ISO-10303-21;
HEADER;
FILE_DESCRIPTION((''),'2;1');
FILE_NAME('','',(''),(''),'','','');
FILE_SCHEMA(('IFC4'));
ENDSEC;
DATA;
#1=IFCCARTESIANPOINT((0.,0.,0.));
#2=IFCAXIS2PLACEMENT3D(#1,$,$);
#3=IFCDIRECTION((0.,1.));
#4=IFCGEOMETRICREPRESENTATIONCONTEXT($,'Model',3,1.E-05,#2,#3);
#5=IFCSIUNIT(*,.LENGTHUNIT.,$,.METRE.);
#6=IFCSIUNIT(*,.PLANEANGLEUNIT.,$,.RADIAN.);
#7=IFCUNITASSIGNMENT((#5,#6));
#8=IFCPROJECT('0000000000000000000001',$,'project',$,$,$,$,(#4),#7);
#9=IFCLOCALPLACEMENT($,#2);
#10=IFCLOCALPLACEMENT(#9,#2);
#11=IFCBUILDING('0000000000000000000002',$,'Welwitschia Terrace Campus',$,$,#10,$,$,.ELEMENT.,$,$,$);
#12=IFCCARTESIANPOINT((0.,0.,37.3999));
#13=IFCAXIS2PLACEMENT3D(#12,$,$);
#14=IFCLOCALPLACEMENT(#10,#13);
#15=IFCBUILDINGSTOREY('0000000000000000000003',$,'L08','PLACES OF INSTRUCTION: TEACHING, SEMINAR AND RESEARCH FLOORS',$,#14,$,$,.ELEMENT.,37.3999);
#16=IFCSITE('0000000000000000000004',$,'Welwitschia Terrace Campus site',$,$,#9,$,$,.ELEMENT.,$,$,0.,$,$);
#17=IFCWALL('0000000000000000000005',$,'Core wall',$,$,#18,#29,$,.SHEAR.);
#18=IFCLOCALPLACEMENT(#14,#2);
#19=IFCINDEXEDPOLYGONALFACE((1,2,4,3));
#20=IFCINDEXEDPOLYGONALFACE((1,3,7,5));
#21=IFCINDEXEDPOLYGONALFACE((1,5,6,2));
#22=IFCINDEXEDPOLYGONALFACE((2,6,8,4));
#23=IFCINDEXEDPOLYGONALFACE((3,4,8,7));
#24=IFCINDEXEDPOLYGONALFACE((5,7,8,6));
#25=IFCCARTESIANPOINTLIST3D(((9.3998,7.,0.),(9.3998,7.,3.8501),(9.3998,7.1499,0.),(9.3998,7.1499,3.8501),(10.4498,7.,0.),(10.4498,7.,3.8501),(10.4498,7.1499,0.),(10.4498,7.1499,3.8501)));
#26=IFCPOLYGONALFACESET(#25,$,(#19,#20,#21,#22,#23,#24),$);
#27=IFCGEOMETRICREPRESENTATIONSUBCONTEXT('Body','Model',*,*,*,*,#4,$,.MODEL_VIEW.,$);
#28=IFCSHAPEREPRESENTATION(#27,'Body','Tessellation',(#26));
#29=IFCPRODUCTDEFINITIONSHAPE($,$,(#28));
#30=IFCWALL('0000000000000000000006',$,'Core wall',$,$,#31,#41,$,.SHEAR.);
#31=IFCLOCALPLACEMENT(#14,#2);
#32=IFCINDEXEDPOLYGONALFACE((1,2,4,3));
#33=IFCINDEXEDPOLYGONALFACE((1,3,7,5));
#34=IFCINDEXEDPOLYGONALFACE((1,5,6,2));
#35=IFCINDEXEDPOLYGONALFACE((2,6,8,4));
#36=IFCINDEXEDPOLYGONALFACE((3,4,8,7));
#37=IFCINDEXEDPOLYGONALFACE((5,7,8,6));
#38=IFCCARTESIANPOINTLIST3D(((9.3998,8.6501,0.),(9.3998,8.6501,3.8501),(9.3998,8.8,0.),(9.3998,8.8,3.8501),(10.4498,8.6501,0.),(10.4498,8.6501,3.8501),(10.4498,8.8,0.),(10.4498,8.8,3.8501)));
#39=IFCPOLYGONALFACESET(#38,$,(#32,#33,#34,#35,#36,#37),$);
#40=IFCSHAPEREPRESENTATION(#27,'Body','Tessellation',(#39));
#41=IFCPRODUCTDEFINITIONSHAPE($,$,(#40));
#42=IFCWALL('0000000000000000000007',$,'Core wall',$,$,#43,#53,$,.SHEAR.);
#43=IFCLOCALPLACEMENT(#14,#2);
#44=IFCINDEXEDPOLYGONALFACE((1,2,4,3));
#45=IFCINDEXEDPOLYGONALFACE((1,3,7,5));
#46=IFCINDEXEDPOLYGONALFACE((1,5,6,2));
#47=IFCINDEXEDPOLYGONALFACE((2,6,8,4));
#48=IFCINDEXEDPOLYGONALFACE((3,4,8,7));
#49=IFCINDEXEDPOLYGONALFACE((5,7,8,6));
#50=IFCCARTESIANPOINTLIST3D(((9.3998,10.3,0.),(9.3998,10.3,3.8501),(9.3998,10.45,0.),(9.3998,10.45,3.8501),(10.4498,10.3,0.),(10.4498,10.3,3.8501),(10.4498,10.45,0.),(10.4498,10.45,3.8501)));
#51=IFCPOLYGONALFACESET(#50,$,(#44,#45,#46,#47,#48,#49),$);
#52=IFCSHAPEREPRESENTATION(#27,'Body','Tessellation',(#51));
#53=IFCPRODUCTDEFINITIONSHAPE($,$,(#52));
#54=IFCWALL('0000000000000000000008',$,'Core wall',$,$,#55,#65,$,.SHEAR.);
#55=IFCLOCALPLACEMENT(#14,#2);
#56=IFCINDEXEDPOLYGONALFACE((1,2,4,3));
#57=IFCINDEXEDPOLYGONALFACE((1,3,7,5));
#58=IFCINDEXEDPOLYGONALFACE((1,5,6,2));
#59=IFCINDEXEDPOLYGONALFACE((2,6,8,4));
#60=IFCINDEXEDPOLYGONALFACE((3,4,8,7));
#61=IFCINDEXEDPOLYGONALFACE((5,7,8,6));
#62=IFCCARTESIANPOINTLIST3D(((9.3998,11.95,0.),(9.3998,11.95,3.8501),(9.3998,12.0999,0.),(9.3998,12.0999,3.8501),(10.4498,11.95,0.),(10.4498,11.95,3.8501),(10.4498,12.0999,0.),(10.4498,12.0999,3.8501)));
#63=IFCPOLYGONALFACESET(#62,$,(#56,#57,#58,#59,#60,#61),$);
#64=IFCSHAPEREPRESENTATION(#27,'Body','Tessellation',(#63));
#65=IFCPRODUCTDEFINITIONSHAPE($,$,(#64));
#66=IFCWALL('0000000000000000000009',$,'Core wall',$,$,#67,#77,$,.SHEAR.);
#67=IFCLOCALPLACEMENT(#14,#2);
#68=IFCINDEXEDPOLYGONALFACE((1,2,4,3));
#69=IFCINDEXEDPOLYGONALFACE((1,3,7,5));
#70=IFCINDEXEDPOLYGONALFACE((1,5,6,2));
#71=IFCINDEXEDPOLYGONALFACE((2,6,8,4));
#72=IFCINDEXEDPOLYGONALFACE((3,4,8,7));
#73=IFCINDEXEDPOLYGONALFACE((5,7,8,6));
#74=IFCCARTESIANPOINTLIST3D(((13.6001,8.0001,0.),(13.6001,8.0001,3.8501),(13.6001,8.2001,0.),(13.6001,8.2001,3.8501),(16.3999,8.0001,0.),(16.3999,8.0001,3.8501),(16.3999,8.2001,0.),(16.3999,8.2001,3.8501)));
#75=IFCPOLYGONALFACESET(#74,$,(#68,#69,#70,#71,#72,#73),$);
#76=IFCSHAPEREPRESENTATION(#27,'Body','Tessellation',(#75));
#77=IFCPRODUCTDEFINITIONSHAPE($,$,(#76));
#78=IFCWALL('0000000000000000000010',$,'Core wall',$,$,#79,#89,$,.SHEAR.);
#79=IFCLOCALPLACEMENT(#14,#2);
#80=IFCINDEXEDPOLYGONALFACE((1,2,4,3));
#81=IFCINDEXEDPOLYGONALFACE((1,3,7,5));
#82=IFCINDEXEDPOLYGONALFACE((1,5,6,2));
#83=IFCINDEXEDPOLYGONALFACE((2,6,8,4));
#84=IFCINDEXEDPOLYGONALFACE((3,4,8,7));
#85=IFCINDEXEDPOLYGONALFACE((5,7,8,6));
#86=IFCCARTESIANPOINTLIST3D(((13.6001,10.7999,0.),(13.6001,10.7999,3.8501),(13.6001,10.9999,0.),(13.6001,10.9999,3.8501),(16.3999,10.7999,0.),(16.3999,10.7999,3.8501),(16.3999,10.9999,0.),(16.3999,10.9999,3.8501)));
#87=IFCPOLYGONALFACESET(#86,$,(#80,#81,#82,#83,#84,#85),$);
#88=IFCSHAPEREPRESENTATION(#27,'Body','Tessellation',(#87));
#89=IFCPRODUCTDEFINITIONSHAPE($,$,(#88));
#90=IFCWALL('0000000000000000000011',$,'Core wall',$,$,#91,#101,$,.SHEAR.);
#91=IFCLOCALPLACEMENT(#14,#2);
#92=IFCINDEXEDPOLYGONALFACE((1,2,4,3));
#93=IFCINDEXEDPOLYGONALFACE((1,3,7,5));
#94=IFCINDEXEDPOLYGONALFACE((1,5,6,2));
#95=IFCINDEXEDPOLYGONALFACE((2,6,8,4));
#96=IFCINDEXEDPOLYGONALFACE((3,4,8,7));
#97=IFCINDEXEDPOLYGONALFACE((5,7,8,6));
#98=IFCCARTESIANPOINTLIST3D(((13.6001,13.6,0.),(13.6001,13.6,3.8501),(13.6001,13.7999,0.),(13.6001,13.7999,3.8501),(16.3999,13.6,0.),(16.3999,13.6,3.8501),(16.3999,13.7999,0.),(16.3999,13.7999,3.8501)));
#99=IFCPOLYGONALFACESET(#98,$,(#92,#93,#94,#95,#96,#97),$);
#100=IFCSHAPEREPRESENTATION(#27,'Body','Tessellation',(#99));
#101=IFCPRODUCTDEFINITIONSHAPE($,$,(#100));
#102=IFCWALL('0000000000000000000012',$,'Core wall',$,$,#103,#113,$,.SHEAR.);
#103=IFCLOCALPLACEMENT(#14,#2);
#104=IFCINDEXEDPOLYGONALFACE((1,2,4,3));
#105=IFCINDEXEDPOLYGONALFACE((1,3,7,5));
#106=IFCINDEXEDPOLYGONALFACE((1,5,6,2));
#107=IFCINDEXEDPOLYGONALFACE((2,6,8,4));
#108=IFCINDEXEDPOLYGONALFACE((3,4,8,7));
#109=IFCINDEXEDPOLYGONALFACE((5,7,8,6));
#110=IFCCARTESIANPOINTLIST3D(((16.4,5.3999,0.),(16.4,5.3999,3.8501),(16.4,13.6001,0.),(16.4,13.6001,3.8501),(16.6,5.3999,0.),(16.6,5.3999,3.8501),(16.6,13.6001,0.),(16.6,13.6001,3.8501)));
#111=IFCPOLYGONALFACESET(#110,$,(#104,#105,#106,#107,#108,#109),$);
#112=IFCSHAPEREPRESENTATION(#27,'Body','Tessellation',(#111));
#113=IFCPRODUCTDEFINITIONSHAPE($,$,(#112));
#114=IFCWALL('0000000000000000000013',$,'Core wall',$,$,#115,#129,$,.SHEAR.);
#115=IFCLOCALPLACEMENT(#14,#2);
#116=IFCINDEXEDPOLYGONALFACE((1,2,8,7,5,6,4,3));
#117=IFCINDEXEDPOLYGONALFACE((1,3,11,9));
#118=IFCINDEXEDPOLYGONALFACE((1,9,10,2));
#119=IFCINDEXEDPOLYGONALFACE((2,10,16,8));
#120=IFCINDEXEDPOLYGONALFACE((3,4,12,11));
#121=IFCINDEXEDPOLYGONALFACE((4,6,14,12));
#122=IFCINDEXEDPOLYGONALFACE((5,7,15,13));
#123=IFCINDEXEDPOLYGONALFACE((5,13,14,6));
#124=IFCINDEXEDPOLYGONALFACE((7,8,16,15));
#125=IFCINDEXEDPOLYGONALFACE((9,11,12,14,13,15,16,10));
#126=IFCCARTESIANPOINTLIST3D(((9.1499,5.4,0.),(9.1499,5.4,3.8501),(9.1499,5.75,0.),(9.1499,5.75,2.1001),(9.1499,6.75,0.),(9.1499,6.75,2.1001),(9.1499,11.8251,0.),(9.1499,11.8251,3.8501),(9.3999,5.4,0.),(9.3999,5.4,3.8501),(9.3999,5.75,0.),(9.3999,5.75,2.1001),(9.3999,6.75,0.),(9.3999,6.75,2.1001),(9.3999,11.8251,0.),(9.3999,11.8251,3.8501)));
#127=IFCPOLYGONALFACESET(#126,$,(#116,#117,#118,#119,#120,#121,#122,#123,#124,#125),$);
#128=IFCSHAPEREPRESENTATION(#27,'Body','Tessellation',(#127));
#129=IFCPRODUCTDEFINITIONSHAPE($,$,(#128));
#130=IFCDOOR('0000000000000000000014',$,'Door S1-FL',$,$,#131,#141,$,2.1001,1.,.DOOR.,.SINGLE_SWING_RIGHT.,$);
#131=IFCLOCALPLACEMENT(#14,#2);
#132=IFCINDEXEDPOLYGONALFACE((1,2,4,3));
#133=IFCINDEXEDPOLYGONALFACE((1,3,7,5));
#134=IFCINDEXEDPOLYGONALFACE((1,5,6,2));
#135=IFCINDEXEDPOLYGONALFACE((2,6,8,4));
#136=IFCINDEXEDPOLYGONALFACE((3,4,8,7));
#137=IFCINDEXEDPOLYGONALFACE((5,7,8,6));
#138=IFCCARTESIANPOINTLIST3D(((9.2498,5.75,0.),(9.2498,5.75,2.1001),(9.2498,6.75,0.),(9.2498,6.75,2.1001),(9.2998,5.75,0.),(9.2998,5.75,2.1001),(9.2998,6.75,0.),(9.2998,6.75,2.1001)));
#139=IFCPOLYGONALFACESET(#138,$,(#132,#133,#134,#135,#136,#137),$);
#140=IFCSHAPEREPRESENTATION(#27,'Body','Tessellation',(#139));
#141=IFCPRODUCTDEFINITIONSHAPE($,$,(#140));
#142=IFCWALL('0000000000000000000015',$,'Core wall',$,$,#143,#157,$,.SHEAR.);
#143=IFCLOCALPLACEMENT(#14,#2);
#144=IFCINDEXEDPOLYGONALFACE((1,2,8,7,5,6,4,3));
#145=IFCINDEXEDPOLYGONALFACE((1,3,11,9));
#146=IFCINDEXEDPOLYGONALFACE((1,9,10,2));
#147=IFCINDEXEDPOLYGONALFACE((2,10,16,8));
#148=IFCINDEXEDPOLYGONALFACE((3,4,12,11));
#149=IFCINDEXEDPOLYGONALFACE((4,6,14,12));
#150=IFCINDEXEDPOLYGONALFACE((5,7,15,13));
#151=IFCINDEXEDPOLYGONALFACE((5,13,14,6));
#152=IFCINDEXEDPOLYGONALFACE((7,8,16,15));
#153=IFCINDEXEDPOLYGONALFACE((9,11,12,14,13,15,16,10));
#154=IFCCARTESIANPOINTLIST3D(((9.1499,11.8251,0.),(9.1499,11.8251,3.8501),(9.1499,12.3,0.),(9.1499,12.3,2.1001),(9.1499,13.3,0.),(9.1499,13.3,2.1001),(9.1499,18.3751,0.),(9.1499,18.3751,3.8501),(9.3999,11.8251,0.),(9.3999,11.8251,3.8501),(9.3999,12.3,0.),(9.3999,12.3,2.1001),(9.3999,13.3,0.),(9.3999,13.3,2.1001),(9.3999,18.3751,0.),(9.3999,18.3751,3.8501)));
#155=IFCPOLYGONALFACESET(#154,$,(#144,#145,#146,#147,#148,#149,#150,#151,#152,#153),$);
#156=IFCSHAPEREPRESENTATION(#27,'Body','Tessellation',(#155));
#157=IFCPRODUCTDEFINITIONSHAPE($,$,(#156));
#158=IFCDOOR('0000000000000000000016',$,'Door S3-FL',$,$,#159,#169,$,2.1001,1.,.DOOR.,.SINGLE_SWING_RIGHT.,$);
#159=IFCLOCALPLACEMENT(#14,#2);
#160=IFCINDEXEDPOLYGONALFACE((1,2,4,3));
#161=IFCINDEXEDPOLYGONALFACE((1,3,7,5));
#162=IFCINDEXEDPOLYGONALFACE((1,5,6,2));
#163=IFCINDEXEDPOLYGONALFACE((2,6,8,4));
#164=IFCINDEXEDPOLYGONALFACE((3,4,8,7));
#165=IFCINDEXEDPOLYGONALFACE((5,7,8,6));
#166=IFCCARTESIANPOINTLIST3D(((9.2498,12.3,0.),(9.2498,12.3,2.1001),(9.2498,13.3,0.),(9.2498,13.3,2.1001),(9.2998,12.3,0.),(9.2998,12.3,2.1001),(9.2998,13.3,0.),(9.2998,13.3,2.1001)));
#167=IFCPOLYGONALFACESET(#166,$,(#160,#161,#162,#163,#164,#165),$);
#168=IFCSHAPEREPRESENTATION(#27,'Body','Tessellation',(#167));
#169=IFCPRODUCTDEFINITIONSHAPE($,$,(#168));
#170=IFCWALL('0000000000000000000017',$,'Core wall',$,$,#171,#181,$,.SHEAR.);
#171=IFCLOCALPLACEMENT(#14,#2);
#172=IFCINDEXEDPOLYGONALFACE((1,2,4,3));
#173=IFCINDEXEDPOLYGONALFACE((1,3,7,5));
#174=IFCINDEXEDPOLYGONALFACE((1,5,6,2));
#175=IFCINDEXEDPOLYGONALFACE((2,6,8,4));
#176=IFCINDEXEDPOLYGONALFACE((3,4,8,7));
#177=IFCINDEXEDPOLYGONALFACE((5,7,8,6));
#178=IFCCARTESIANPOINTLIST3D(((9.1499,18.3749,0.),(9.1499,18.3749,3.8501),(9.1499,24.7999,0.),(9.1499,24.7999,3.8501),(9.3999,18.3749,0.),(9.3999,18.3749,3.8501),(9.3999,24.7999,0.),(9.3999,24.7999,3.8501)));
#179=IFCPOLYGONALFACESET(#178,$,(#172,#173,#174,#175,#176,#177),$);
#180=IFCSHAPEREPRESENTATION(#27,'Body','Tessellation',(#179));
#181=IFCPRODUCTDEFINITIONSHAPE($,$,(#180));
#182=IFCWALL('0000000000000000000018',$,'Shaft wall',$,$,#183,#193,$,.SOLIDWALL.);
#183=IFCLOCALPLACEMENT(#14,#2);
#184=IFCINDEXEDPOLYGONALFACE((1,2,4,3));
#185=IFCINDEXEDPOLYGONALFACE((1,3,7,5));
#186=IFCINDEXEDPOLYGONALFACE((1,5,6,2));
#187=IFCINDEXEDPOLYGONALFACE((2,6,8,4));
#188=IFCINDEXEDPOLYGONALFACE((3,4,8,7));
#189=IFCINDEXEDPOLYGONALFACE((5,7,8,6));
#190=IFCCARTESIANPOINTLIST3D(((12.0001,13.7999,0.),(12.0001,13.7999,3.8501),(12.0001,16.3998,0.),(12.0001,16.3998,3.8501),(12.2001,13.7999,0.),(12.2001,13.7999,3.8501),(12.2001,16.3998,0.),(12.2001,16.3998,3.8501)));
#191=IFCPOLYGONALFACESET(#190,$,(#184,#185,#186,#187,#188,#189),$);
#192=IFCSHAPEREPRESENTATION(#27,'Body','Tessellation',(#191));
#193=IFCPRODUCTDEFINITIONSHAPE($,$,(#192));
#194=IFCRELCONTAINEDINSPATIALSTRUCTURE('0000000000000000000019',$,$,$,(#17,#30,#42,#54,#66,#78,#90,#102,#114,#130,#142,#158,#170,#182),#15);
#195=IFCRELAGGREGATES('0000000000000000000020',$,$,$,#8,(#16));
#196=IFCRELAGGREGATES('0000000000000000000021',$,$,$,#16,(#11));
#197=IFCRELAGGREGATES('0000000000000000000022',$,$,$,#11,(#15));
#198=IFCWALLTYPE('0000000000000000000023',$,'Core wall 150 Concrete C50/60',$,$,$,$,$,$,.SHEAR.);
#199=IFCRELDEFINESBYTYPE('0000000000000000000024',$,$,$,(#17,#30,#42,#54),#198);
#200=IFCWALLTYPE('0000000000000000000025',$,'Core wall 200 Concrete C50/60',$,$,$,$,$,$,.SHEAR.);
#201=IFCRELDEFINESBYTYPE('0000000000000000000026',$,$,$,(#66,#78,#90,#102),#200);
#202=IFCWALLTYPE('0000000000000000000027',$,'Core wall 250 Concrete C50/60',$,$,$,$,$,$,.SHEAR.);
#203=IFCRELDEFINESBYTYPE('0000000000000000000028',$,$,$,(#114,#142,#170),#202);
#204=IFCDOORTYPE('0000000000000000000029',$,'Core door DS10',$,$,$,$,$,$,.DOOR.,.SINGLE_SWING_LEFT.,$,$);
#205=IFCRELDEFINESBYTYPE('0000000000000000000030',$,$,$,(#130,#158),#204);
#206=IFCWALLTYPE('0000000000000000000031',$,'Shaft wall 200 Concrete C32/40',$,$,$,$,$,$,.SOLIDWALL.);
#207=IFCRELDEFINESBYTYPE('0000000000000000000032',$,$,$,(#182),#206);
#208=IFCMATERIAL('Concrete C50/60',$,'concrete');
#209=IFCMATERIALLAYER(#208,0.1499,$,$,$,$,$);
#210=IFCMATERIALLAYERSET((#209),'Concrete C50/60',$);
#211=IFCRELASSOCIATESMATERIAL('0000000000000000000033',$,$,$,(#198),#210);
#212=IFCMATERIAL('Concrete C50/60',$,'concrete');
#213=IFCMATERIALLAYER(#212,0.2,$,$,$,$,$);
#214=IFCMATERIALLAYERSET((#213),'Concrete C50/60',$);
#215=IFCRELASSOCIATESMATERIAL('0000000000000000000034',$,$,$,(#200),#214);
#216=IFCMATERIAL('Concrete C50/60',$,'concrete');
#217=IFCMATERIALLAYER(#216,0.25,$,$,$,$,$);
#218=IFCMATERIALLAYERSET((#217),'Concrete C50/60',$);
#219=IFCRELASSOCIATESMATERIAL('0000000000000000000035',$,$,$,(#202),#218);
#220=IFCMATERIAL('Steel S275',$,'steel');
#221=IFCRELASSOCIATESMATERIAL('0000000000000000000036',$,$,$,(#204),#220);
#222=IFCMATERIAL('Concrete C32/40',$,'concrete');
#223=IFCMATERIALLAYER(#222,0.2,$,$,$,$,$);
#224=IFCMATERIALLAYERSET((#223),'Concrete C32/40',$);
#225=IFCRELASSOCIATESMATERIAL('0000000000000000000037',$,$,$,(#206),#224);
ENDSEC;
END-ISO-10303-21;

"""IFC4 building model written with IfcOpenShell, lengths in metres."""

from ifc_helpers import new_model, si_unit, direction, frame, frame_2d, origin, place, context, subcontext, project, spatial, rectangle, extrude, material, layer, layer_set, type_object, element, fill, save


model = new_model("IFC4")

# Units and contexts
model_context = context("Model", 3, precision=1e-05, world=origin(), true_north=direction((0.0, 1.0)))
body_context = subcontext(model_context, "Body", "Model", "MODEL_VIEW")
ifc_project = project(units=[si_unit("LENGTHUNIT", "METRE"), si_unit("PLANEANGLEUNIT", "RADIAN")], contexts=[model_context])

# Site, building, storey
site_placement = place(None, origin())
site = spatial("IfcSite", under=ifc_project, at=site_placement, Name="Welwitschia Terrace Campus site", CompositionType="ELEMENT", RefElevation=0.0)
building_placement = place(site_placement, origin())
building = spatial("IfcBuilding", under=site, at=building_placement, Name="Welwitschia Terrace Campus", CompositionType="ELEMENT")
storey_placement = place(building_placement, frame((0.0, 0.0, 37.3999)))
storey = spatial("IfcBuildingStorey", under=building, at=storey_placement, Name="L08", Description="PLACES OF INSTRUCTION: TEACHING, SEMINAR AND RESEARCH FLOORS", CompositionType="ELEMENT", Elevation=37.3999)

# Walls
ifc_material_1 = material(Name="Concrete C50/60", Category="concrete")
ifc_layer_1 = layer(ifc_material_1, 0.1499)
ifc_layer_set_1 = layer_set([ifc_layer_1], Name="Concrete C50/60")
wall_type_1 = type_object("IfcWallType", Name="Core wall 150 Concrete C50/60", PredefinedType="SHEAR", material=ifc_layer_set_1)
for number, where, z_axis, x_axis, name in (
    (1, (9.3999, 7.075, 0.0), (0.0, 0.0, 1.0), (1.0, 0.0, 0.0), "Core wall"),
    (2, (9.3999, 8.7251, 0.0), (0.0, 0.0, 1.0), (1.0, 0.0, 0.0), "Core wall"),
    (3, (9.3999, 10.375, 0.0), (0.0, 0.0, 1.0), (1.0, 0.0, 0.0), "Core wall"),
    (4, (9.3999, 12.0249, 0.0), (0.0, 0.0, 1.0), (1.0, 0.0, 0.0), "Core wall"),
):
    element("IfcWall", number, at=place(storey_placement, frame(where, z_axis=z_axis, x_axis=x_axis)), inside=storey, type_object=wall_type_1, Name=name, PredefinedType="SHEAR", context=body_context, shape_type="SweptSolid", body=[
        extrude(rectangle(XDim=1.05, YDim=0.1499, at=frame_2d((0.5249, 0.0))), origin(), (0.0, 0.0, 1.0), 3.8501),
    ])
ifc_material_2 = material(Name="Concrete C50/60", Category="concrete")
ifc_layer_2 = layer(ifc_material_2, 0.2)
ifc_layer_set_2 = layer_set([ifc_layer_2], Name="Concrete C50/60")
wall_type_2 = type_object("IfcWallType", Name="Core wall 200 Concrete C50/60", PredefinedType="SHEAR", material=ifc_layer_set_2)
for number, where, z_axis, x_axis, name in (
    (5, (13.6001, 8.1001, 0.0), (0.0, 0.0, 1.0), (1.0, 0.0, 0.0), "Core wall"),
    (6, (13.6001, 10.8999, 0.0), (0.0, 0.0, 1.0), (1.0, 0.0, 0.0), "Core wall"),
    (7, (13.6001, 13.7, 0.0), (0.0, 0.0, 1.0), (1.0, 0.0, 0.0), "Core wall"),
):
    element("IfcWall", number, at=place(storey_placement, frame(where, z_axis=z_axis, x_axis=x_axis)), inside=storey, type_object=wall_type_2, Name=name, PredefinedType="SHEAR", context=body_context, shape_type="SweptSolid", body=[
        extrude(rectangle(XDim=2.7998, YDim=0.2, at=frame_2d((1.3999, 0.0))), origin(), (0.0, 0.0, 1.0), 3.8501),
    ])
wall_1_placement = place(storey_placement, frame((16.5, 5.3999, 0.0), z_axis=(0.0, 0.0, 1.0), x_axis=(0.0, 1.0, 0.0)))
element("IfcWall", 8, at=wall_1_placement, inside=storey, type_object=wall_type_2, Name="Core wall", PredefinedType="SHEAR", context=body_context, shape_type="SweptSolid", body=[
    extrude(rectangle(XDim=8.2002, YDim=0.2, at=frame_2d((4.1001, 0.0))), origin(), (0.0, 0.0, 1.0), 3.8501),
])

# Walls, openings, doors
ifc_material_3 = material(Name="Concrete C50/60", Category="concrete")
ifc_layer_3 = layer(ifc_material_3, 0.25)
ifc_layer_set_3 = layer_set([ifc_layer_3], Name="Concrete C50/60")
wall_type_3 = type_object("IfcWallType", Name="Core wall 250 Concrete C50/60", PredefinedType="SHEAR", material=ifc_layer_set_3)
wall_2_placement = place(storey_placement, frame((9.2749, 11.825, 0.0), z_axis=(0.0, 0.0, 1.0), x_axis=(0.0, -1.0, 0.0)))
wall_2 = element("IfcWall", 9, at=wall_2_placement, inside=storey, type_object=wall_type_3, Name="Core wall", PredefinedType="SHEAR", context=body_context, shape_type="SweptSolid", body=[
    extrude(rectangle(XDim=6.425, YDim=0.25, at=frame_2d((3.2124, 0.0))), origin(), (0.0, 0.0, 1.0), 3.8501),
])
opening_1_placement = place(wall_2_placement, frame((5.075, 0.0, 0.0)))
opening_1 = element("IfcOpeningElement", 10, at=opening_1_placement, cuts=wall_2, PredefinedType="OPENING", context=body_context, shape_type="SweptSolid", body=[
    extrude(rectangle(XDim=1.0, YDim=2.1001, at=frame_2d((0.5, 1.05))), frame((0.0, 0.135, 0.0), z_axis=(0.0, -1.0, 0.0), x_axis=(1.0, 0.0, 0.0)), (0.0, 0.0, 1.0), 0.27),
])
ifc_material_4 = material(Name="Steel S275", Category="steel")
door_type_1 = type_object("IfcDoorType", Name="Core door DS10", OperationType="SINGLE_SWING_LEFT", PredefinedType="DOOR", material=ifc_material_4)
door_1_placement = place(opening_1_placement, origin())
door_1 = element("IfcDoor", 11, at=door_1_placement, inside=storey, type_object=door_type_1, Name="Door S1-FL", OperationType="SINGLE_SWING_RIGHT", OverallHeight=2.1001, OverallWidth=1.0, PredefinedType="DOOR", context=body_context, shape_type="SweptSolid", body=[
    extrude(rectangle(XDim=1.0, YDim=2.1001, at=frame_2d((0.5, 1.05))), frame((0.0, 0.0249, 0.0), z_axis=(0.0, -1.0, 0.0), x_axis=(1.0, 0.0, 0.0)), (0.0, 0.0, 1.0), 0.05),
])
fill(opening_1, door_1)
wall_3_placement = place(storey_placement, frame((9.2749, 18.375, 0.0), z_axis=(0.0, 0.0, 1.0), x_axis=(0.0, -1.0, 0.0)))
wall_3 = element("IfcWall", 12, at=wall_3_placement, inside=storey, type_object=wall_type_3, Name="Core wall", PredefinedType="SHEAR", context=body_context, shape_type="SweptSolid", body=[
    extrude(rectangle(XDim=6.55, YDim=0.25, at=frame_2d((3.2749, 0.0))), origin(), (0.0, 0.0, 1.0), 3.8501),
])
opening_2_placement = place(wall_3_placement, frame((5.075, 0.0, 0.0)))
opening_2 = element("IfcOpeningElement", 13, at=opening_2_placement, cuts=wall_3, PredefinedType="OPENING", context=body_context, shape_type="SweptSolid", body=[
    extrude(rectangle(XDim=1.0, YDim=2.1001, at=frame_2d((0.5, 1.05))), frame((0.0, 0.135, 0.0), z_axis=(0.0, -1.0, 0.0), x_axis=(1.0, 0.0, 0.0)), (0.0, 0.0, 1.0), 0.27),
])
door_2_placement = place(opening_2_placement, origin())
door_2 = element("IfcDoor", 14, at=door_2_placement, inside=storey, type_object=door_type_1, Name="Door S3-FL", OperationType="SINGLE_SWING_RIGHT", OverallHeight=2.1001, OverallWidth=1.0, PredefinedType="DOOR", context=body_context, shape_type="SweptSolid", body=[
    extrude(rectangle(XDim=1.0, YDim=2.1001, at=frame_2d((0.5, 1.05))), frame((0.0, 0.0249, 0.0), z_axis=(0.0, -1.0, 0.0), x_axis=(1.0, 0.0, 0.0)), (0.0, 0.0, 1.0), 0.05),
])
fill(opening_2, door_2)

# Walls
wall_4_placement = place(storey_placement, frame((9.2749, 18.375, 0.0), z_axis=(0.0, 0.0, 1.0), x_axis=(0.0, 1.0, 0.0)))
element("IfcWall", 15, at=wall_4_placement, inside=storey, type_object=wall_type_3, Name="Core wall", PredefinedType="SHEAR", context=body_context, shape_type="SweptSolid", body=[
    extrude(rectangle(XDim=6.425, YDim=0.25, at=frame_2d((3.2124, 0.0))), origin(), (0.0, 0.0, 1.0), 3.8501),
])
ifc_material_5 = material(Name="Concrete C32/40", Category="concrete")
ifc_layer_4 = layer(ifc_material_5, 0.2)
ifc_layer_set_4 = layer_set([ifc_layer_4], Name="Concrete C32/40")
wall_type_4 = type_object("IfcWallType", Name="Shaft wall 200 Concrete C32/40", PredefinedType="SOLIDWALL", material=ifc_layer_set_4)
for number, where, z_axis, x_axis, name in (
    (16, (12.1001, 13.8, 0.0), (0.0, 0.0, 1.0), (0.0, 1.0, 0.0), "Shaft wall"),
):
    element("IfcWall", number, at=place(storey_placement, frame(where, z_axis=z_axis, x_axis=x_axis)), inside=storey, type_object=wall_type_4, Name=name, PredefinedType="SOLIDWALL", context=body_context, shape_type="SweptSolid", body=[
        extrude(rectangle(XDim=2.5999, YDim=0.2, at=frame_2d((1.2998, 0.0))), origin(), (0.0, 0.0, 1.0), 3.8501),
    ])

save(model, "model.ifc")
